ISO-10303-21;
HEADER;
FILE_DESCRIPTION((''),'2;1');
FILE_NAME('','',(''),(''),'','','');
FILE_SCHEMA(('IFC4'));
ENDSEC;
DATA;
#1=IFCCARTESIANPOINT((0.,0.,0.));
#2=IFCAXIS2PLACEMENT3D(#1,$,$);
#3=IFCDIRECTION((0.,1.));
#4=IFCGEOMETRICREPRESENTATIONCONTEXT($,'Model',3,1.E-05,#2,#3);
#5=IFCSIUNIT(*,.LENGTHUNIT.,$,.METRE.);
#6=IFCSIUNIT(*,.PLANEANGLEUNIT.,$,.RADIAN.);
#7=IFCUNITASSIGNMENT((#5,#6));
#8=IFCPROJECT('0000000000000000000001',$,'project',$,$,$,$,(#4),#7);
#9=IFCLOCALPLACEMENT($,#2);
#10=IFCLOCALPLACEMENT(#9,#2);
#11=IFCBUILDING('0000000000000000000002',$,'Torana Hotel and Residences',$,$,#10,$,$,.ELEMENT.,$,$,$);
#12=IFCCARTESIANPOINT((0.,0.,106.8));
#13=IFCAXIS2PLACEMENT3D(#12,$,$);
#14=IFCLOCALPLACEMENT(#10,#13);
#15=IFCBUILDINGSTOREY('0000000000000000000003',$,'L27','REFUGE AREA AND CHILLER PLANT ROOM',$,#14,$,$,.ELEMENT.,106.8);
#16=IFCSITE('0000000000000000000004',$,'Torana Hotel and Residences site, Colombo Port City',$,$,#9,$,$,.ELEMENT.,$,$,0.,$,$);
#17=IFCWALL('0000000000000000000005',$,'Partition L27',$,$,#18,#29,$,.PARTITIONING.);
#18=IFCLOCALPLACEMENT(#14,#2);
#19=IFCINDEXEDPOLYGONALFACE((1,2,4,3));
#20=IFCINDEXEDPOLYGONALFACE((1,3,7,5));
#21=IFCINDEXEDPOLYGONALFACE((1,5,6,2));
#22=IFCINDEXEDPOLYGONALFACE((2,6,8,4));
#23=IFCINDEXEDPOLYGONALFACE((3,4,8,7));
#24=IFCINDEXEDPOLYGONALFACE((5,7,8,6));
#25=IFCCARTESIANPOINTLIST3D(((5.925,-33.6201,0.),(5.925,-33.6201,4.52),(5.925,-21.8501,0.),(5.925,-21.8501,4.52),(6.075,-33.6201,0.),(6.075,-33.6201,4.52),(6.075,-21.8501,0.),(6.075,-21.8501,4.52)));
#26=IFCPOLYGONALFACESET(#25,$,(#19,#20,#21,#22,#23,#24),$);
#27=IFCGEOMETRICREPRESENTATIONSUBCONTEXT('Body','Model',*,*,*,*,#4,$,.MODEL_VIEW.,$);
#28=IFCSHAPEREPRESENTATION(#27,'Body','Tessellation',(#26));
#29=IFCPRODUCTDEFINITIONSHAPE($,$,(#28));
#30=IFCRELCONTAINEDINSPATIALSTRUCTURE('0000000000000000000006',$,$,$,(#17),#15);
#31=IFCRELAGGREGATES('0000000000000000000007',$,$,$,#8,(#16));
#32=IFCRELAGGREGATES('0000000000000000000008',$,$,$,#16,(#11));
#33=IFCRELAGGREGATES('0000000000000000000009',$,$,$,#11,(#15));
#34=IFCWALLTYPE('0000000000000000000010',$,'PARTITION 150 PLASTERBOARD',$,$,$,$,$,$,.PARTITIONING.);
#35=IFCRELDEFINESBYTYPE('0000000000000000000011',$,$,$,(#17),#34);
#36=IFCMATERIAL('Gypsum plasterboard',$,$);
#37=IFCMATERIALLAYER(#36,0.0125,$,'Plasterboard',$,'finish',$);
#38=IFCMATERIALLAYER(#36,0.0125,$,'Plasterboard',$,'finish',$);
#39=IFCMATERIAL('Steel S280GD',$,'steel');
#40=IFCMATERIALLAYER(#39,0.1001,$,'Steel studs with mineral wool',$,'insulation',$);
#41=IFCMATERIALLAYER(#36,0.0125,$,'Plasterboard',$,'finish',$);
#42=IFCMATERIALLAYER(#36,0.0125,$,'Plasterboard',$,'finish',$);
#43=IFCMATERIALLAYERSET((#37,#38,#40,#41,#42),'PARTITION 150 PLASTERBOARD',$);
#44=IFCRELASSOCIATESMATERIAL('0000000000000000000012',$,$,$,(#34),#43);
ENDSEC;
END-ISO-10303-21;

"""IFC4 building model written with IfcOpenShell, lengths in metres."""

from ifc_helpers import new_model, si_unit, direction, frame, frame_2d, origin, place, context, subcontext, project, spatial, rectangle, extrude, material, layer, layer_set, type_object, element, save


model = new_model("IFC4")

# Units and contexts
model_context = context("Model", 3, precision=1e-05, world=origin(), true_north=direction((0.0, 1.0)))
body_context = subcontext(model_context, "Body", "Model", "MODEL_VIEW")
ifc_project = project(units=[si_unit("LENGTHUNIT", "METRE"), si_unit("PLANEANGLEUNIT", "RADIAN")], contexts=[model_context])

# Site, building, storey
site_placement = place(None, origin())
site = spatial("IfcSite", under=ifc_project, at=site_placement, Name="Torana Hotel and Residences site, Colombo Port City", CompositionType="ELEMENT", RefElevation=0.0)
building_placement = place(site_placement, origin())
building = spatial("IfcBuilding", under=site, at=building_placement, Name="Torana Hotel and Residences", CompositionType="ELEMENT")
storey_placement = place(building_placement, frame((0.0, 0.0, 106.8)))
storey = spatial("IfcBuildingStorey", under=building, at=storey_placement, Name="L27", Description="REFUGE AREA AND CHILLER PLANT ROOM", CompositionType="ELEMENT", Elevation=106.8)

# Wall
ifc_material_1 = material(Name="Gypsum plasterboard")
ifc_layer_1 = layer(ifc_material_1, 0.0125, Name="Plasterboard", Category="finish")
ifc_layer_2 = layer(ifc_material_1, 0.0125, Name="Plasterboard", Category="finish")
ifc_material_2 = material(Name="Steel S280GD", Category="steel")
ifc_layer_3 = layer(ifc_material_2, 0.1001, Name="Steel studs with mineral wool", Category="insulation")
ifc_layer_4 = layer(ifc_material_1, 0.0125, Name="Plasterboard", Category="finish")
ifc_layer_5 = layer(ifc_material_1, 0.0125, Name="Plasterboard", Category="finish")
ifc_layer_set_1 = layer_set([ifc_layer_1, ifc_layer_2, ifc_layer_3, ifc_layer_4, ifc_layer_5], Name="PARTITION 150 PLASTERBOARD")
wall_type = type_object("IfcWallType", Name="PARTITION 150 PLASTERBOARD", PredefinedType="PARTITIONING", material=ifc_layer_set_1)
wall_placement = place(storey_placement, frame((6.0, -33.6201, 0.0), z_axis=(0.0, 0.0, 1.0), x_axis=(0.0, 1.0, 0.0)))
element("IfcWall", 1, at=wall_placement, inside=storey, type_object=wall_type, Name="Partition L27", PredefinedType="PARTITIONING", context=body_context, shape_type="SweptSolid", body=[
    extrude(rectangle(XDim=11.77, YDim=0.1499, at=frame_2d((5.885, 0.0))), origin(), (0.0, 0.0, 1.0), 4.52),
])

save(model, "model.ifc")
